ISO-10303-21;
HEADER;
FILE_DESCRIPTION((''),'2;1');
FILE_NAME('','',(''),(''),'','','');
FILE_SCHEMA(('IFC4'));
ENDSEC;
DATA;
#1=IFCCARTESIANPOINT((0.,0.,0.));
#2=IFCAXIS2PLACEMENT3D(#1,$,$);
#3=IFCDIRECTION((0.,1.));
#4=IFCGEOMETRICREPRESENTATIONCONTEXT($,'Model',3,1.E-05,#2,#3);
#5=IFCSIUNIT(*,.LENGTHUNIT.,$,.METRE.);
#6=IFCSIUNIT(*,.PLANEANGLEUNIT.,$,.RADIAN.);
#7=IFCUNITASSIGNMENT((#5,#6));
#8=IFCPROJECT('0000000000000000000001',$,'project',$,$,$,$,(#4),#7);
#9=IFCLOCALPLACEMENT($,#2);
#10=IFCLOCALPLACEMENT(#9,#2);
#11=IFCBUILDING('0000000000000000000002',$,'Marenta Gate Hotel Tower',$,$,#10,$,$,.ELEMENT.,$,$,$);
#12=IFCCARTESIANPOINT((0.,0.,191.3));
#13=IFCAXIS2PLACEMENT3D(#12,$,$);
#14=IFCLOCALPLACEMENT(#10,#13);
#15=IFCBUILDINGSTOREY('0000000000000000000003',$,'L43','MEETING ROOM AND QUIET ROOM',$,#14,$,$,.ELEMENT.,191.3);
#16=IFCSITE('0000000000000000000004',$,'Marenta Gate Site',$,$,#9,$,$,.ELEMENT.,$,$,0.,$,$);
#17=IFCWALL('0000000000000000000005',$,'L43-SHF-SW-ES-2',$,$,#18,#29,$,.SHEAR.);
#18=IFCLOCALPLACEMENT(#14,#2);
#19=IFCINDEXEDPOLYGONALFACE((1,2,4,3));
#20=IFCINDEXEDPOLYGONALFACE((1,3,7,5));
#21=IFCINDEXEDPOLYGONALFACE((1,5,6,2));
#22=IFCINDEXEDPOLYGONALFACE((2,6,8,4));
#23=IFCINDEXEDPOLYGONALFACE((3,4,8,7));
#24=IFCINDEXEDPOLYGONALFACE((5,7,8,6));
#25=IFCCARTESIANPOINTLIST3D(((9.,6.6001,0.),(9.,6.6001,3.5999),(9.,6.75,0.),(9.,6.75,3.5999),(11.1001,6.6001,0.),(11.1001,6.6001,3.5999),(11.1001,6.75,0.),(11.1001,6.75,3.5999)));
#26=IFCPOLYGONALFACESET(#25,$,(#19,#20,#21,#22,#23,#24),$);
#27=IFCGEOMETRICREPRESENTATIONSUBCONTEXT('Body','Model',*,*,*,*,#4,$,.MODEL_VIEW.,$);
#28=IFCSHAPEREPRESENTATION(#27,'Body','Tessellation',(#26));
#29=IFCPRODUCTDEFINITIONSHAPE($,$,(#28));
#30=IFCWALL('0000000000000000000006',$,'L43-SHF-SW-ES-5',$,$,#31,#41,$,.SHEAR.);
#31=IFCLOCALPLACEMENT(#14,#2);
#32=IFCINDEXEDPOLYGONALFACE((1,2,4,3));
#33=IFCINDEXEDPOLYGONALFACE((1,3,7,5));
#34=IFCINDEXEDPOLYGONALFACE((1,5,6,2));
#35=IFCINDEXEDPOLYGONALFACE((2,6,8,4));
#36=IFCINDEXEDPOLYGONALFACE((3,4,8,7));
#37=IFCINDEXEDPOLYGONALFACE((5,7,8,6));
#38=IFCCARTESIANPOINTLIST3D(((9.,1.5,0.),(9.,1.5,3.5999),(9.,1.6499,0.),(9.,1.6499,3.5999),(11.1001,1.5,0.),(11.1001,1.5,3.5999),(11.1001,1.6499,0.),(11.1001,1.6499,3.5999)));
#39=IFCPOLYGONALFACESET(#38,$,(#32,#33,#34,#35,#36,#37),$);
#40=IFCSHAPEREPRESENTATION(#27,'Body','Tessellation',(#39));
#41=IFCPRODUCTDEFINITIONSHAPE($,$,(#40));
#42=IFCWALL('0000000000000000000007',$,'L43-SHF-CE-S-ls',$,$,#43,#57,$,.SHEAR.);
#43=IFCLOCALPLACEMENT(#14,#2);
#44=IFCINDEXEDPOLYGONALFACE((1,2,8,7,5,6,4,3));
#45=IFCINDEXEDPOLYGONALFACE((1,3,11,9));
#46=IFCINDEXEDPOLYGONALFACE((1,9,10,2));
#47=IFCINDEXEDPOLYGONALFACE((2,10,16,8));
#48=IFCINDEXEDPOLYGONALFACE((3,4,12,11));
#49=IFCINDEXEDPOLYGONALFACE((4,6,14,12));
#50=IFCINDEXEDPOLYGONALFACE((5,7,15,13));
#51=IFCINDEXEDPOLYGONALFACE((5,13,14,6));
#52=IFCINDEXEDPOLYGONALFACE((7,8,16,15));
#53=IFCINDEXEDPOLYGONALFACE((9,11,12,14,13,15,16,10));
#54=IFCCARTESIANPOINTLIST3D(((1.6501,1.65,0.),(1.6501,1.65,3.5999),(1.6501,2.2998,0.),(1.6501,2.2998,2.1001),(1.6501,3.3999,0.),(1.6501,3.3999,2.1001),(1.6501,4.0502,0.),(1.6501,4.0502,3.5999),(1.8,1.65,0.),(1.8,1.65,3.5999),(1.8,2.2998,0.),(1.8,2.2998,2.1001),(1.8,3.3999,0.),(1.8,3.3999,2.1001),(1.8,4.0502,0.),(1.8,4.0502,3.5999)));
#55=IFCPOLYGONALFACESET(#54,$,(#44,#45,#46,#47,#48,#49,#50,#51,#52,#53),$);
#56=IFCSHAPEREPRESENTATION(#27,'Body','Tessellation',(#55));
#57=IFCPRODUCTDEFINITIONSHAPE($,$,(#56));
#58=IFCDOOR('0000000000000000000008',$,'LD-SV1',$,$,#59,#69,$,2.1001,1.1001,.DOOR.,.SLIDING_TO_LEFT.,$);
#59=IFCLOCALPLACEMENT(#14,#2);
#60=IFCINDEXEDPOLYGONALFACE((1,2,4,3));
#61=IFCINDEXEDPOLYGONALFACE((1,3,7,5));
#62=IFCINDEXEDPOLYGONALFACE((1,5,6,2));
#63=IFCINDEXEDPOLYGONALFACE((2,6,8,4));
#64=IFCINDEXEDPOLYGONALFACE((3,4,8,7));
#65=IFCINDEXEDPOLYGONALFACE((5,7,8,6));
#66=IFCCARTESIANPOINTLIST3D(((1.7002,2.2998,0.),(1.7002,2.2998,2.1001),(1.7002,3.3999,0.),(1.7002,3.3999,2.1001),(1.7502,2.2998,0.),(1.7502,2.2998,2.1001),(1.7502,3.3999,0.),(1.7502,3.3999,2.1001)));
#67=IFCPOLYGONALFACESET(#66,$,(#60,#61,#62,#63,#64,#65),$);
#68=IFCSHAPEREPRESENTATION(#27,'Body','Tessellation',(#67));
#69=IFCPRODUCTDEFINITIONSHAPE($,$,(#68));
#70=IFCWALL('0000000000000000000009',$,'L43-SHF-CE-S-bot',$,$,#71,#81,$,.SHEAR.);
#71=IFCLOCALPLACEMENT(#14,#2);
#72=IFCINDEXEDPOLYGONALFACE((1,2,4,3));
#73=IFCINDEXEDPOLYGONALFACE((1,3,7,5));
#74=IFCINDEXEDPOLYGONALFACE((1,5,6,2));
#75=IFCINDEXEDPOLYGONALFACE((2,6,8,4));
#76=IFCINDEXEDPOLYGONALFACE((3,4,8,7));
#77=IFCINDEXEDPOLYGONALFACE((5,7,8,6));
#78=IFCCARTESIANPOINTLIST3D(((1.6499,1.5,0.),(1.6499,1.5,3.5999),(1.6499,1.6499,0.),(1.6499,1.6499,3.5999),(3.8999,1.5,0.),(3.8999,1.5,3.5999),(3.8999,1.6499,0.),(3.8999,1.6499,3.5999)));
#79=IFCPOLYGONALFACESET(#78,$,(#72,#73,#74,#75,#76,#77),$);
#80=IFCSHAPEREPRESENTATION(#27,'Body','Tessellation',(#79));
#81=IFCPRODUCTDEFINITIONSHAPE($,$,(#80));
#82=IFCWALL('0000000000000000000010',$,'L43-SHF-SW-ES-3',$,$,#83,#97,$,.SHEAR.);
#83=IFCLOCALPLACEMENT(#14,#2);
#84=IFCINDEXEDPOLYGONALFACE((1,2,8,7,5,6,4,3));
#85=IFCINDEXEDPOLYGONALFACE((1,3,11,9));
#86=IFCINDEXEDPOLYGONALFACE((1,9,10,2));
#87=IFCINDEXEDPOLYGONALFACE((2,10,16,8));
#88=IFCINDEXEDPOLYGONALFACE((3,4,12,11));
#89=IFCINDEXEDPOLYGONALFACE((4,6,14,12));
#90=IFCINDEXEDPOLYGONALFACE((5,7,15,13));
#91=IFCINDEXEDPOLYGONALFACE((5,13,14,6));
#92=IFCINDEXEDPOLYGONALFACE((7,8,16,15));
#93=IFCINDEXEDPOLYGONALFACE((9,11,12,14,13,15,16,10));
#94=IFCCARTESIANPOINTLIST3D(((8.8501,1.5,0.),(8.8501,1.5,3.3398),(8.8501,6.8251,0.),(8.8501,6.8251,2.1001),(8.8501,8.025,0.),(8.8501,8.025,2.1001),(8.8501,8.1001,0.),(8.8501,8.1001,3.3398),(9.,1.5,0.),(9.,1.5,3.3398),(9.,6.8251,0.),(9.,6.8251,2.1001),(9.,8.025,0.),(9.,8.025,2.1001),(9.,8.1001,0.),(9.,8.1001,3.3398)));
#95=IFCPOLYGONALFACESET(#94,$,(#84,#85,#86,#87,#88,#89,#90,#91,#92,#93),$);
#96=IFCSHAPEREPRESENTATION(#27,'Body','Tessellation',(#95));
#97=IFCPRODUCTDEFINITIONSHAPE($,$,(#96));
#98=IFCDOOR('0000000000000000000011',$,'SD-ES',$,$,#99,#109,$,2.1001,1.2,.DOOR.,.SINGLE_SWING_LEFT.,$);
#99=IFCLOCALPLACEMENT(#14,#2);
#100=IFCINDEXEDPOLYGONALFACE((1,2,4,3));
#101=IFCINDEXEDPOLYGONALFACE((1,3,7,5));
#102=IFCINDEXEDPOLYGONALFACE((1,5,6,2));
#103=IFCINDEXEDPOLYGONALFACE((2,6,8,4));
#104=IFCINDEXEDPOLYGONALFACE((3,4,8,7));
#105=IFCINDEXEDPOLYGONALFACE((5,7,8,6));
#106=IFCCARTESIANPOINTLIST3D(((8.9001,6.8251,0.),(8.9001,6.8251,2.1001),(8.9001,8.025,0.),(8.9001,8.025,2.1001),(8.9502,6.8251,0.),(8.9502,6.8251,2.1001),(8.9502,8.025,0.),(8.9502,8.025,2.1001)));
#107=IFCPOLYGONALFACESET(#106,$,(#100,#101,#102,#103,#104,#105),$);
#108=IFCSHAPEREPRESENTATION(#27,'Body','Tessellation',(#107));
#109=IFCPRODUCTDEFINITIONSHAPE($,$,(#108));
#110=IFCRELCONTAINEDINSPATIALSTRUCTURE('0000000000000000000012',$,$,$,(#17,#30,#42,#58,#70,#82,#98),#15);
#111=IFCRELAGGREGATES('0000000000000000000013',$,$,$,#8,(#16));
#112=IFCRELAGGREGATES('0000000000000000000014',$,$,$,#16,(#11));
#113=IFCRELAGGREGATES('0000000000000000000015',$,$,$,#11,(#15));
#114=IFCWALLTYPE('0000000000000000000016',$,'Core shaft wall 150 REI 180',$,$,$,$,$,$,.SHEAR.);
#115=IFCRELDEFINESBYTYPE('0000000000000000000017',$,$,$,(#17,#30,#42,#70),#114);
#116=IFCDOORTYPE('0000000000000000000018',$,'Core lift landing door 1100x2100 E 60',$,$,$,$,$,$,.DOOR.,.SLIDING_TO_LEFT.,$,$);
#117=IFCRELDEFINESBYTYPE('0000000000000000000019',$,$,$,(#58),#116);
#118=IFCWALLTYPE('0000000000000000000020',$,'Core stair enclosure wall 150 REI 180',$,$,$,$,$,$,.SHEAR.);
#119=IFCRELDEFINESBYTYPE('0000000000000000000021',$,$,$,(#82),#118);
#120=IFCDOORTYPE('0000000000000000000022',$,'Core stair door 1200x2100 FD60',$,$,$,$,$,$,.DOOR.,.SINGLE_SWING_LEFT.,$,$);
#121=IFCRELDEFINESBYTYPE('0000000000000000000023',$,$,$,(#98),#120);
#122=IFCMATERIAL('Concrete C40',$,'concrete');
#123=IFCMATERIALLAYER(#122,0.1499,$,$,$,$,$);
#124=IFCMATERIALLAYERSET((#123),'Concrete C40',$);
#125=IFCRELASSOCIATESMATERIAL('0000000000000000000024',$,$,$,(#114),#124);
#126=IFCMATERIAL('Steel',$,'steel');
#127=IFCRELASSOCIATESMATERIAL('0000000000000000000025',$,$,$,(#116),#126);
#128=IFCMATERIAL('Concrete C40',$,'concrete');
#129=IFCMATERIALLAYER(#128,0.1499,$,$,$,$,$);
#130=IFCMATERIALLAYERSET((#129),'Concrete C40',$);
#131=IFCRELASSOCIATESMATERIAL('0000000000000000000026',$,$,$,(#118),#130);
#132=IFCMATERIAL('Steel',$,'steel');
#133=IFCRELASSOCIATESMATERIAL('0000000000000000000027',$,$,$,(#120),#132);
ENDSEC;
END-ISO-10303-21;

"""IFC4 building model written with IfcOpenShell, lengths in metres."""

from ifc_helpers import new_model, si_unit, direction, frame, frame_2d, origin, place, context, subcontext, project, spatial, rectangle, extrude, material, layer, layer_set, type_object, element, fill, save


model = new_model("IFC4")

# Units and contexts
model_context = context("Model", 3, precision=1e-05, world=origin(), true_north=direction((0.0, 1.0)))
body_context = subcontext(model_context, "Body", "Model", "MODEL_VIEW")
ifc_project = project(units=[si_unit("LENGTHUNIT", "METRE"), si_unit("PLANEANGLEUNIT", "RADIAN")], contexts=[model_context])

# Site, building, storey
site_placement = place(None, origin())
site = spatial("IfcSite", under=ifc_project, at=site_placement, Name="Marenta Gate Site", CompositionType="ELEMENT", RefElevation=0.0)
building_placement = place(site_placement, origin())
building = spatial("IfcBuilding", under=site, at=building_placement, Name="Marenta Gate Hotel Tower", CompositionType="ELEMENT")
storey_placement = place(building_placement, frame((0.0, 0.0, 191.3)))
storey = spatial("IfcBuildingStorey", under=building, at=storey_placement, Name="L43", Description="MEETING ROOM AND QUIET ROOM", CompositionType="ELEMENT", Elevation=191.3)

# Walls
ifc_material_1 = material(Name="Concrete C40", Category="concrete")
ifc_layer_1 = layer(ifc_material_1, 0.1499)
ifc_layer_set_1 = layer_set([ifc_layer_1], Name="Concrete C40")
wall_type_1 = type_object("IfcWallType", Name="Core shaft wall 150 REI 180", PredefinedType="SHEAR", material=ifc_layer_set_1)
for number, where, z_axis, x_axis, name in (
    (1, (9.0, 6.675, 0.0), (0.0, 0.0, 1.0), (1.0, 0.0, 0.0), "L43-SHF-SW-ES-2"),
    (2, (9.0, 1.575, 0.0), (0.0, 0.0, 1.0), (1.0, 0.0, 0.0), "L43-SHF-SW-ES-5"),
):
    element("IfcWall", number, at=place(storey_placement, frame(where, z_axis=z_axis, x_axis=x_axis)), inside=storey, type_object=wall_type_1, Name=name, PredefinedType="SHEAR", context=body_context, shape_type="SweptSolid", body=[
        extrude(rectangle(XDim=2.1001, YDim=0.1499, at=frame_2d((1.05, 0.0))), origin(), (0.0, 0.0, 1.0), 3.5999),
    ])

# Wall, opening, door
wall_1_placement = place(storey_placement, frame((1.7251, 1.6499, 0.0), z_axis=(0.0, 0.0, 1.0), x_axis=(0.0, 1.0, 0.0)))
wall_1 = element("IfcWall", 3, at=wall_1_placement, inside=storey, type_object=wall_type_1, Name="L43-SHF-CE-S-ls", PredefinedType="SHEAR", context=body_context, shape_type="SweptSolid", body=[
    extrude(rectangle(XDim=2.4001, YDim=0.1499, at=frame_2d((1.2002, 0.0))), origin(), (0.0, 0.0, 1.0), 3.5999),
])
opening_1_placement = place(wall_1_placement, frame((0.6499, 0.0, 0.0)))
opening_1 = element("IfcOpeningElement", 4, at=opening_1_placement, cuts=wall_1, PredefinedType="OPENING", context=body_context, shape_type="SweptSolid", body=[
    extrude(rectangle(XDim=1.1001, YDim=2.1001, at=frame_2d((0.55, 1.05))), frame((0.0, 0.075, 0.0), z_axis=(0.0, -1.0, 0.0), x_axis=(1.0, 0.0, 0.0)), (0.0, 0.0, 1.0), 0.1499),
])
ifc_material_2 = material(Name="Steel", Category="steel")
door_type_1 = type_object("IfcDoorType", Name="Core lift landing door 1100x2100 E 60", OperationType="SLIDING_TO_LEFT", PredefinedType="DOOR", material=ifc_material_2)
door_1_placement = place(opening_1_placement, origin())
door_1 = element("IfcDoor", 5, at=door_1_placement, inside=storey, type_object=door_type_1, Name="LD-SV1", OperationType="SLIDING_TO_LEFT", OverallHeight=2.1001, OverallWidth=1.1001, PredefinedType="DOOR", context=body_context, shape_type="SweptSolid", body=[
    extrude(rectangle(XDim=1.1001, YDim=2.1001, at=frame_2d((0.55, 1.05))), frame((0.0, 0.0249, 0.0), z_axis=(0.0, -1.0, 0.0), x_axis=(1.0, 0.0, 0.0)), (0.0, 0.0, 1.0), 0.05),
])
fill(opening_1, door_1)

# Wall
wall_2_placement = place(storey_placement, frame((1.6499, 1.575, 0.0), z_axis=(0.0, 0.0, 1.0), x_axis=(1.0, 0.0, 0.0)))
element("IfcWall", 6, at=wall_2_placement, inside=storey, type_object=wall_type_1, Name="L43-SHF-CE-S-bot", PredefinedType="SHEAR", context=body_context, shape_type="SweptSolid", body=[
    extrude(rectangle(XDim=2.25, YDim=0.1499, at=frame_2d((1.125, 0.0))), origin(), (0.0, 0.0, 1.0), 3.5999),
])

# Wall, opening, door
ifc_material_3 = material(Name="Concrete C40", Category="concrete")
ifc_layer_2 = layer(ifc_material_3, 0.1499)
ifc_layer_set_2 = layer_set([ifc_layer_2], Name="Concrete C40")
wall_type_2 = type_object("IfcWallType", Name="Core stair enclosure wall 150 REI 180", PredefinedType="SHEAR", material=ifc_layer_set_2)
wall_3_placement = place(storey_placement, frame((8.925, 1.5, 0.0), z_axis=(0.0, 0.0, 1.0), x_axis=(0.0, 1.0, 0.0)))
wall_3 = element("IfcWall", 7, at=wall_3_placement, inside=storey, type_object=wall_type_2, Name="L43-SHF-SW-ES-3", PredefinedType="SHEAR", context=body_context, shape_type="SweptSolid", body=[
    extrude(rectangle(XDim=6.6001, YDim=0.1499, at=frame_2d((3.3, 0.0))), origin(), (0.0, 0.0, 1.0), 3.3398),
])
opening_2_placement = place(wall_3_placement, frame((5.325, 0.0, 0.0)))
opening_2 = element("IfcOpeningElement", 8, at=opening_2_placement, cuts=wall_3, PredefinedType="OPENING", context=body_context, shape_type="SweptSolid", body=[
    extrude(rectangle(XDim=1.2, YDim=2.1001, at=frame_2d((0.6001, 1.05))), frame((0.0, 0.075, 0.0), z_axis=(0.0, -1.0, 0.0), x_axis=(1.0, 0.0, 0.0)), (0.0, 0.0, 1.0), 0.1499),
])
ifc_material_4 = material(Name="Steel", Category="steel")
door_type_2 = type_object("IfcDoorType", Name="Core stair door 1200x2100 FD60", OperationType="SINGLE_SWING_LEFT", PredefinedType="DOOR", material=ifc_material_4)
door_2_placement = place(opening_2_placement, origin())
door_2 = element("IfcDoor", 9, at=door_2_placement, inside=storey, type_object=door_type_2, Name="SD-ES", OperationType="SINGLE_SWING_LEFT", OverallHeight=2.1001, OverallWidth=1.2, PredefinedType="DOOR", context=body_context, shape_type="SweptSolid", body=[
    extrude(rectangle(XDim=1.2, YDim=2.1001, at=frame_2d((0.6001, 1.05))), frame((0.0, 0.0249, 0.0), z_axis=(0.0, -1.0, 0.0), x_axis=(1.0, 0.0, 0.0)), (0.0, 0.0, 1.0), 0.05),
])
fill(opening_2, door_2)

save(model, "model.ifc")
